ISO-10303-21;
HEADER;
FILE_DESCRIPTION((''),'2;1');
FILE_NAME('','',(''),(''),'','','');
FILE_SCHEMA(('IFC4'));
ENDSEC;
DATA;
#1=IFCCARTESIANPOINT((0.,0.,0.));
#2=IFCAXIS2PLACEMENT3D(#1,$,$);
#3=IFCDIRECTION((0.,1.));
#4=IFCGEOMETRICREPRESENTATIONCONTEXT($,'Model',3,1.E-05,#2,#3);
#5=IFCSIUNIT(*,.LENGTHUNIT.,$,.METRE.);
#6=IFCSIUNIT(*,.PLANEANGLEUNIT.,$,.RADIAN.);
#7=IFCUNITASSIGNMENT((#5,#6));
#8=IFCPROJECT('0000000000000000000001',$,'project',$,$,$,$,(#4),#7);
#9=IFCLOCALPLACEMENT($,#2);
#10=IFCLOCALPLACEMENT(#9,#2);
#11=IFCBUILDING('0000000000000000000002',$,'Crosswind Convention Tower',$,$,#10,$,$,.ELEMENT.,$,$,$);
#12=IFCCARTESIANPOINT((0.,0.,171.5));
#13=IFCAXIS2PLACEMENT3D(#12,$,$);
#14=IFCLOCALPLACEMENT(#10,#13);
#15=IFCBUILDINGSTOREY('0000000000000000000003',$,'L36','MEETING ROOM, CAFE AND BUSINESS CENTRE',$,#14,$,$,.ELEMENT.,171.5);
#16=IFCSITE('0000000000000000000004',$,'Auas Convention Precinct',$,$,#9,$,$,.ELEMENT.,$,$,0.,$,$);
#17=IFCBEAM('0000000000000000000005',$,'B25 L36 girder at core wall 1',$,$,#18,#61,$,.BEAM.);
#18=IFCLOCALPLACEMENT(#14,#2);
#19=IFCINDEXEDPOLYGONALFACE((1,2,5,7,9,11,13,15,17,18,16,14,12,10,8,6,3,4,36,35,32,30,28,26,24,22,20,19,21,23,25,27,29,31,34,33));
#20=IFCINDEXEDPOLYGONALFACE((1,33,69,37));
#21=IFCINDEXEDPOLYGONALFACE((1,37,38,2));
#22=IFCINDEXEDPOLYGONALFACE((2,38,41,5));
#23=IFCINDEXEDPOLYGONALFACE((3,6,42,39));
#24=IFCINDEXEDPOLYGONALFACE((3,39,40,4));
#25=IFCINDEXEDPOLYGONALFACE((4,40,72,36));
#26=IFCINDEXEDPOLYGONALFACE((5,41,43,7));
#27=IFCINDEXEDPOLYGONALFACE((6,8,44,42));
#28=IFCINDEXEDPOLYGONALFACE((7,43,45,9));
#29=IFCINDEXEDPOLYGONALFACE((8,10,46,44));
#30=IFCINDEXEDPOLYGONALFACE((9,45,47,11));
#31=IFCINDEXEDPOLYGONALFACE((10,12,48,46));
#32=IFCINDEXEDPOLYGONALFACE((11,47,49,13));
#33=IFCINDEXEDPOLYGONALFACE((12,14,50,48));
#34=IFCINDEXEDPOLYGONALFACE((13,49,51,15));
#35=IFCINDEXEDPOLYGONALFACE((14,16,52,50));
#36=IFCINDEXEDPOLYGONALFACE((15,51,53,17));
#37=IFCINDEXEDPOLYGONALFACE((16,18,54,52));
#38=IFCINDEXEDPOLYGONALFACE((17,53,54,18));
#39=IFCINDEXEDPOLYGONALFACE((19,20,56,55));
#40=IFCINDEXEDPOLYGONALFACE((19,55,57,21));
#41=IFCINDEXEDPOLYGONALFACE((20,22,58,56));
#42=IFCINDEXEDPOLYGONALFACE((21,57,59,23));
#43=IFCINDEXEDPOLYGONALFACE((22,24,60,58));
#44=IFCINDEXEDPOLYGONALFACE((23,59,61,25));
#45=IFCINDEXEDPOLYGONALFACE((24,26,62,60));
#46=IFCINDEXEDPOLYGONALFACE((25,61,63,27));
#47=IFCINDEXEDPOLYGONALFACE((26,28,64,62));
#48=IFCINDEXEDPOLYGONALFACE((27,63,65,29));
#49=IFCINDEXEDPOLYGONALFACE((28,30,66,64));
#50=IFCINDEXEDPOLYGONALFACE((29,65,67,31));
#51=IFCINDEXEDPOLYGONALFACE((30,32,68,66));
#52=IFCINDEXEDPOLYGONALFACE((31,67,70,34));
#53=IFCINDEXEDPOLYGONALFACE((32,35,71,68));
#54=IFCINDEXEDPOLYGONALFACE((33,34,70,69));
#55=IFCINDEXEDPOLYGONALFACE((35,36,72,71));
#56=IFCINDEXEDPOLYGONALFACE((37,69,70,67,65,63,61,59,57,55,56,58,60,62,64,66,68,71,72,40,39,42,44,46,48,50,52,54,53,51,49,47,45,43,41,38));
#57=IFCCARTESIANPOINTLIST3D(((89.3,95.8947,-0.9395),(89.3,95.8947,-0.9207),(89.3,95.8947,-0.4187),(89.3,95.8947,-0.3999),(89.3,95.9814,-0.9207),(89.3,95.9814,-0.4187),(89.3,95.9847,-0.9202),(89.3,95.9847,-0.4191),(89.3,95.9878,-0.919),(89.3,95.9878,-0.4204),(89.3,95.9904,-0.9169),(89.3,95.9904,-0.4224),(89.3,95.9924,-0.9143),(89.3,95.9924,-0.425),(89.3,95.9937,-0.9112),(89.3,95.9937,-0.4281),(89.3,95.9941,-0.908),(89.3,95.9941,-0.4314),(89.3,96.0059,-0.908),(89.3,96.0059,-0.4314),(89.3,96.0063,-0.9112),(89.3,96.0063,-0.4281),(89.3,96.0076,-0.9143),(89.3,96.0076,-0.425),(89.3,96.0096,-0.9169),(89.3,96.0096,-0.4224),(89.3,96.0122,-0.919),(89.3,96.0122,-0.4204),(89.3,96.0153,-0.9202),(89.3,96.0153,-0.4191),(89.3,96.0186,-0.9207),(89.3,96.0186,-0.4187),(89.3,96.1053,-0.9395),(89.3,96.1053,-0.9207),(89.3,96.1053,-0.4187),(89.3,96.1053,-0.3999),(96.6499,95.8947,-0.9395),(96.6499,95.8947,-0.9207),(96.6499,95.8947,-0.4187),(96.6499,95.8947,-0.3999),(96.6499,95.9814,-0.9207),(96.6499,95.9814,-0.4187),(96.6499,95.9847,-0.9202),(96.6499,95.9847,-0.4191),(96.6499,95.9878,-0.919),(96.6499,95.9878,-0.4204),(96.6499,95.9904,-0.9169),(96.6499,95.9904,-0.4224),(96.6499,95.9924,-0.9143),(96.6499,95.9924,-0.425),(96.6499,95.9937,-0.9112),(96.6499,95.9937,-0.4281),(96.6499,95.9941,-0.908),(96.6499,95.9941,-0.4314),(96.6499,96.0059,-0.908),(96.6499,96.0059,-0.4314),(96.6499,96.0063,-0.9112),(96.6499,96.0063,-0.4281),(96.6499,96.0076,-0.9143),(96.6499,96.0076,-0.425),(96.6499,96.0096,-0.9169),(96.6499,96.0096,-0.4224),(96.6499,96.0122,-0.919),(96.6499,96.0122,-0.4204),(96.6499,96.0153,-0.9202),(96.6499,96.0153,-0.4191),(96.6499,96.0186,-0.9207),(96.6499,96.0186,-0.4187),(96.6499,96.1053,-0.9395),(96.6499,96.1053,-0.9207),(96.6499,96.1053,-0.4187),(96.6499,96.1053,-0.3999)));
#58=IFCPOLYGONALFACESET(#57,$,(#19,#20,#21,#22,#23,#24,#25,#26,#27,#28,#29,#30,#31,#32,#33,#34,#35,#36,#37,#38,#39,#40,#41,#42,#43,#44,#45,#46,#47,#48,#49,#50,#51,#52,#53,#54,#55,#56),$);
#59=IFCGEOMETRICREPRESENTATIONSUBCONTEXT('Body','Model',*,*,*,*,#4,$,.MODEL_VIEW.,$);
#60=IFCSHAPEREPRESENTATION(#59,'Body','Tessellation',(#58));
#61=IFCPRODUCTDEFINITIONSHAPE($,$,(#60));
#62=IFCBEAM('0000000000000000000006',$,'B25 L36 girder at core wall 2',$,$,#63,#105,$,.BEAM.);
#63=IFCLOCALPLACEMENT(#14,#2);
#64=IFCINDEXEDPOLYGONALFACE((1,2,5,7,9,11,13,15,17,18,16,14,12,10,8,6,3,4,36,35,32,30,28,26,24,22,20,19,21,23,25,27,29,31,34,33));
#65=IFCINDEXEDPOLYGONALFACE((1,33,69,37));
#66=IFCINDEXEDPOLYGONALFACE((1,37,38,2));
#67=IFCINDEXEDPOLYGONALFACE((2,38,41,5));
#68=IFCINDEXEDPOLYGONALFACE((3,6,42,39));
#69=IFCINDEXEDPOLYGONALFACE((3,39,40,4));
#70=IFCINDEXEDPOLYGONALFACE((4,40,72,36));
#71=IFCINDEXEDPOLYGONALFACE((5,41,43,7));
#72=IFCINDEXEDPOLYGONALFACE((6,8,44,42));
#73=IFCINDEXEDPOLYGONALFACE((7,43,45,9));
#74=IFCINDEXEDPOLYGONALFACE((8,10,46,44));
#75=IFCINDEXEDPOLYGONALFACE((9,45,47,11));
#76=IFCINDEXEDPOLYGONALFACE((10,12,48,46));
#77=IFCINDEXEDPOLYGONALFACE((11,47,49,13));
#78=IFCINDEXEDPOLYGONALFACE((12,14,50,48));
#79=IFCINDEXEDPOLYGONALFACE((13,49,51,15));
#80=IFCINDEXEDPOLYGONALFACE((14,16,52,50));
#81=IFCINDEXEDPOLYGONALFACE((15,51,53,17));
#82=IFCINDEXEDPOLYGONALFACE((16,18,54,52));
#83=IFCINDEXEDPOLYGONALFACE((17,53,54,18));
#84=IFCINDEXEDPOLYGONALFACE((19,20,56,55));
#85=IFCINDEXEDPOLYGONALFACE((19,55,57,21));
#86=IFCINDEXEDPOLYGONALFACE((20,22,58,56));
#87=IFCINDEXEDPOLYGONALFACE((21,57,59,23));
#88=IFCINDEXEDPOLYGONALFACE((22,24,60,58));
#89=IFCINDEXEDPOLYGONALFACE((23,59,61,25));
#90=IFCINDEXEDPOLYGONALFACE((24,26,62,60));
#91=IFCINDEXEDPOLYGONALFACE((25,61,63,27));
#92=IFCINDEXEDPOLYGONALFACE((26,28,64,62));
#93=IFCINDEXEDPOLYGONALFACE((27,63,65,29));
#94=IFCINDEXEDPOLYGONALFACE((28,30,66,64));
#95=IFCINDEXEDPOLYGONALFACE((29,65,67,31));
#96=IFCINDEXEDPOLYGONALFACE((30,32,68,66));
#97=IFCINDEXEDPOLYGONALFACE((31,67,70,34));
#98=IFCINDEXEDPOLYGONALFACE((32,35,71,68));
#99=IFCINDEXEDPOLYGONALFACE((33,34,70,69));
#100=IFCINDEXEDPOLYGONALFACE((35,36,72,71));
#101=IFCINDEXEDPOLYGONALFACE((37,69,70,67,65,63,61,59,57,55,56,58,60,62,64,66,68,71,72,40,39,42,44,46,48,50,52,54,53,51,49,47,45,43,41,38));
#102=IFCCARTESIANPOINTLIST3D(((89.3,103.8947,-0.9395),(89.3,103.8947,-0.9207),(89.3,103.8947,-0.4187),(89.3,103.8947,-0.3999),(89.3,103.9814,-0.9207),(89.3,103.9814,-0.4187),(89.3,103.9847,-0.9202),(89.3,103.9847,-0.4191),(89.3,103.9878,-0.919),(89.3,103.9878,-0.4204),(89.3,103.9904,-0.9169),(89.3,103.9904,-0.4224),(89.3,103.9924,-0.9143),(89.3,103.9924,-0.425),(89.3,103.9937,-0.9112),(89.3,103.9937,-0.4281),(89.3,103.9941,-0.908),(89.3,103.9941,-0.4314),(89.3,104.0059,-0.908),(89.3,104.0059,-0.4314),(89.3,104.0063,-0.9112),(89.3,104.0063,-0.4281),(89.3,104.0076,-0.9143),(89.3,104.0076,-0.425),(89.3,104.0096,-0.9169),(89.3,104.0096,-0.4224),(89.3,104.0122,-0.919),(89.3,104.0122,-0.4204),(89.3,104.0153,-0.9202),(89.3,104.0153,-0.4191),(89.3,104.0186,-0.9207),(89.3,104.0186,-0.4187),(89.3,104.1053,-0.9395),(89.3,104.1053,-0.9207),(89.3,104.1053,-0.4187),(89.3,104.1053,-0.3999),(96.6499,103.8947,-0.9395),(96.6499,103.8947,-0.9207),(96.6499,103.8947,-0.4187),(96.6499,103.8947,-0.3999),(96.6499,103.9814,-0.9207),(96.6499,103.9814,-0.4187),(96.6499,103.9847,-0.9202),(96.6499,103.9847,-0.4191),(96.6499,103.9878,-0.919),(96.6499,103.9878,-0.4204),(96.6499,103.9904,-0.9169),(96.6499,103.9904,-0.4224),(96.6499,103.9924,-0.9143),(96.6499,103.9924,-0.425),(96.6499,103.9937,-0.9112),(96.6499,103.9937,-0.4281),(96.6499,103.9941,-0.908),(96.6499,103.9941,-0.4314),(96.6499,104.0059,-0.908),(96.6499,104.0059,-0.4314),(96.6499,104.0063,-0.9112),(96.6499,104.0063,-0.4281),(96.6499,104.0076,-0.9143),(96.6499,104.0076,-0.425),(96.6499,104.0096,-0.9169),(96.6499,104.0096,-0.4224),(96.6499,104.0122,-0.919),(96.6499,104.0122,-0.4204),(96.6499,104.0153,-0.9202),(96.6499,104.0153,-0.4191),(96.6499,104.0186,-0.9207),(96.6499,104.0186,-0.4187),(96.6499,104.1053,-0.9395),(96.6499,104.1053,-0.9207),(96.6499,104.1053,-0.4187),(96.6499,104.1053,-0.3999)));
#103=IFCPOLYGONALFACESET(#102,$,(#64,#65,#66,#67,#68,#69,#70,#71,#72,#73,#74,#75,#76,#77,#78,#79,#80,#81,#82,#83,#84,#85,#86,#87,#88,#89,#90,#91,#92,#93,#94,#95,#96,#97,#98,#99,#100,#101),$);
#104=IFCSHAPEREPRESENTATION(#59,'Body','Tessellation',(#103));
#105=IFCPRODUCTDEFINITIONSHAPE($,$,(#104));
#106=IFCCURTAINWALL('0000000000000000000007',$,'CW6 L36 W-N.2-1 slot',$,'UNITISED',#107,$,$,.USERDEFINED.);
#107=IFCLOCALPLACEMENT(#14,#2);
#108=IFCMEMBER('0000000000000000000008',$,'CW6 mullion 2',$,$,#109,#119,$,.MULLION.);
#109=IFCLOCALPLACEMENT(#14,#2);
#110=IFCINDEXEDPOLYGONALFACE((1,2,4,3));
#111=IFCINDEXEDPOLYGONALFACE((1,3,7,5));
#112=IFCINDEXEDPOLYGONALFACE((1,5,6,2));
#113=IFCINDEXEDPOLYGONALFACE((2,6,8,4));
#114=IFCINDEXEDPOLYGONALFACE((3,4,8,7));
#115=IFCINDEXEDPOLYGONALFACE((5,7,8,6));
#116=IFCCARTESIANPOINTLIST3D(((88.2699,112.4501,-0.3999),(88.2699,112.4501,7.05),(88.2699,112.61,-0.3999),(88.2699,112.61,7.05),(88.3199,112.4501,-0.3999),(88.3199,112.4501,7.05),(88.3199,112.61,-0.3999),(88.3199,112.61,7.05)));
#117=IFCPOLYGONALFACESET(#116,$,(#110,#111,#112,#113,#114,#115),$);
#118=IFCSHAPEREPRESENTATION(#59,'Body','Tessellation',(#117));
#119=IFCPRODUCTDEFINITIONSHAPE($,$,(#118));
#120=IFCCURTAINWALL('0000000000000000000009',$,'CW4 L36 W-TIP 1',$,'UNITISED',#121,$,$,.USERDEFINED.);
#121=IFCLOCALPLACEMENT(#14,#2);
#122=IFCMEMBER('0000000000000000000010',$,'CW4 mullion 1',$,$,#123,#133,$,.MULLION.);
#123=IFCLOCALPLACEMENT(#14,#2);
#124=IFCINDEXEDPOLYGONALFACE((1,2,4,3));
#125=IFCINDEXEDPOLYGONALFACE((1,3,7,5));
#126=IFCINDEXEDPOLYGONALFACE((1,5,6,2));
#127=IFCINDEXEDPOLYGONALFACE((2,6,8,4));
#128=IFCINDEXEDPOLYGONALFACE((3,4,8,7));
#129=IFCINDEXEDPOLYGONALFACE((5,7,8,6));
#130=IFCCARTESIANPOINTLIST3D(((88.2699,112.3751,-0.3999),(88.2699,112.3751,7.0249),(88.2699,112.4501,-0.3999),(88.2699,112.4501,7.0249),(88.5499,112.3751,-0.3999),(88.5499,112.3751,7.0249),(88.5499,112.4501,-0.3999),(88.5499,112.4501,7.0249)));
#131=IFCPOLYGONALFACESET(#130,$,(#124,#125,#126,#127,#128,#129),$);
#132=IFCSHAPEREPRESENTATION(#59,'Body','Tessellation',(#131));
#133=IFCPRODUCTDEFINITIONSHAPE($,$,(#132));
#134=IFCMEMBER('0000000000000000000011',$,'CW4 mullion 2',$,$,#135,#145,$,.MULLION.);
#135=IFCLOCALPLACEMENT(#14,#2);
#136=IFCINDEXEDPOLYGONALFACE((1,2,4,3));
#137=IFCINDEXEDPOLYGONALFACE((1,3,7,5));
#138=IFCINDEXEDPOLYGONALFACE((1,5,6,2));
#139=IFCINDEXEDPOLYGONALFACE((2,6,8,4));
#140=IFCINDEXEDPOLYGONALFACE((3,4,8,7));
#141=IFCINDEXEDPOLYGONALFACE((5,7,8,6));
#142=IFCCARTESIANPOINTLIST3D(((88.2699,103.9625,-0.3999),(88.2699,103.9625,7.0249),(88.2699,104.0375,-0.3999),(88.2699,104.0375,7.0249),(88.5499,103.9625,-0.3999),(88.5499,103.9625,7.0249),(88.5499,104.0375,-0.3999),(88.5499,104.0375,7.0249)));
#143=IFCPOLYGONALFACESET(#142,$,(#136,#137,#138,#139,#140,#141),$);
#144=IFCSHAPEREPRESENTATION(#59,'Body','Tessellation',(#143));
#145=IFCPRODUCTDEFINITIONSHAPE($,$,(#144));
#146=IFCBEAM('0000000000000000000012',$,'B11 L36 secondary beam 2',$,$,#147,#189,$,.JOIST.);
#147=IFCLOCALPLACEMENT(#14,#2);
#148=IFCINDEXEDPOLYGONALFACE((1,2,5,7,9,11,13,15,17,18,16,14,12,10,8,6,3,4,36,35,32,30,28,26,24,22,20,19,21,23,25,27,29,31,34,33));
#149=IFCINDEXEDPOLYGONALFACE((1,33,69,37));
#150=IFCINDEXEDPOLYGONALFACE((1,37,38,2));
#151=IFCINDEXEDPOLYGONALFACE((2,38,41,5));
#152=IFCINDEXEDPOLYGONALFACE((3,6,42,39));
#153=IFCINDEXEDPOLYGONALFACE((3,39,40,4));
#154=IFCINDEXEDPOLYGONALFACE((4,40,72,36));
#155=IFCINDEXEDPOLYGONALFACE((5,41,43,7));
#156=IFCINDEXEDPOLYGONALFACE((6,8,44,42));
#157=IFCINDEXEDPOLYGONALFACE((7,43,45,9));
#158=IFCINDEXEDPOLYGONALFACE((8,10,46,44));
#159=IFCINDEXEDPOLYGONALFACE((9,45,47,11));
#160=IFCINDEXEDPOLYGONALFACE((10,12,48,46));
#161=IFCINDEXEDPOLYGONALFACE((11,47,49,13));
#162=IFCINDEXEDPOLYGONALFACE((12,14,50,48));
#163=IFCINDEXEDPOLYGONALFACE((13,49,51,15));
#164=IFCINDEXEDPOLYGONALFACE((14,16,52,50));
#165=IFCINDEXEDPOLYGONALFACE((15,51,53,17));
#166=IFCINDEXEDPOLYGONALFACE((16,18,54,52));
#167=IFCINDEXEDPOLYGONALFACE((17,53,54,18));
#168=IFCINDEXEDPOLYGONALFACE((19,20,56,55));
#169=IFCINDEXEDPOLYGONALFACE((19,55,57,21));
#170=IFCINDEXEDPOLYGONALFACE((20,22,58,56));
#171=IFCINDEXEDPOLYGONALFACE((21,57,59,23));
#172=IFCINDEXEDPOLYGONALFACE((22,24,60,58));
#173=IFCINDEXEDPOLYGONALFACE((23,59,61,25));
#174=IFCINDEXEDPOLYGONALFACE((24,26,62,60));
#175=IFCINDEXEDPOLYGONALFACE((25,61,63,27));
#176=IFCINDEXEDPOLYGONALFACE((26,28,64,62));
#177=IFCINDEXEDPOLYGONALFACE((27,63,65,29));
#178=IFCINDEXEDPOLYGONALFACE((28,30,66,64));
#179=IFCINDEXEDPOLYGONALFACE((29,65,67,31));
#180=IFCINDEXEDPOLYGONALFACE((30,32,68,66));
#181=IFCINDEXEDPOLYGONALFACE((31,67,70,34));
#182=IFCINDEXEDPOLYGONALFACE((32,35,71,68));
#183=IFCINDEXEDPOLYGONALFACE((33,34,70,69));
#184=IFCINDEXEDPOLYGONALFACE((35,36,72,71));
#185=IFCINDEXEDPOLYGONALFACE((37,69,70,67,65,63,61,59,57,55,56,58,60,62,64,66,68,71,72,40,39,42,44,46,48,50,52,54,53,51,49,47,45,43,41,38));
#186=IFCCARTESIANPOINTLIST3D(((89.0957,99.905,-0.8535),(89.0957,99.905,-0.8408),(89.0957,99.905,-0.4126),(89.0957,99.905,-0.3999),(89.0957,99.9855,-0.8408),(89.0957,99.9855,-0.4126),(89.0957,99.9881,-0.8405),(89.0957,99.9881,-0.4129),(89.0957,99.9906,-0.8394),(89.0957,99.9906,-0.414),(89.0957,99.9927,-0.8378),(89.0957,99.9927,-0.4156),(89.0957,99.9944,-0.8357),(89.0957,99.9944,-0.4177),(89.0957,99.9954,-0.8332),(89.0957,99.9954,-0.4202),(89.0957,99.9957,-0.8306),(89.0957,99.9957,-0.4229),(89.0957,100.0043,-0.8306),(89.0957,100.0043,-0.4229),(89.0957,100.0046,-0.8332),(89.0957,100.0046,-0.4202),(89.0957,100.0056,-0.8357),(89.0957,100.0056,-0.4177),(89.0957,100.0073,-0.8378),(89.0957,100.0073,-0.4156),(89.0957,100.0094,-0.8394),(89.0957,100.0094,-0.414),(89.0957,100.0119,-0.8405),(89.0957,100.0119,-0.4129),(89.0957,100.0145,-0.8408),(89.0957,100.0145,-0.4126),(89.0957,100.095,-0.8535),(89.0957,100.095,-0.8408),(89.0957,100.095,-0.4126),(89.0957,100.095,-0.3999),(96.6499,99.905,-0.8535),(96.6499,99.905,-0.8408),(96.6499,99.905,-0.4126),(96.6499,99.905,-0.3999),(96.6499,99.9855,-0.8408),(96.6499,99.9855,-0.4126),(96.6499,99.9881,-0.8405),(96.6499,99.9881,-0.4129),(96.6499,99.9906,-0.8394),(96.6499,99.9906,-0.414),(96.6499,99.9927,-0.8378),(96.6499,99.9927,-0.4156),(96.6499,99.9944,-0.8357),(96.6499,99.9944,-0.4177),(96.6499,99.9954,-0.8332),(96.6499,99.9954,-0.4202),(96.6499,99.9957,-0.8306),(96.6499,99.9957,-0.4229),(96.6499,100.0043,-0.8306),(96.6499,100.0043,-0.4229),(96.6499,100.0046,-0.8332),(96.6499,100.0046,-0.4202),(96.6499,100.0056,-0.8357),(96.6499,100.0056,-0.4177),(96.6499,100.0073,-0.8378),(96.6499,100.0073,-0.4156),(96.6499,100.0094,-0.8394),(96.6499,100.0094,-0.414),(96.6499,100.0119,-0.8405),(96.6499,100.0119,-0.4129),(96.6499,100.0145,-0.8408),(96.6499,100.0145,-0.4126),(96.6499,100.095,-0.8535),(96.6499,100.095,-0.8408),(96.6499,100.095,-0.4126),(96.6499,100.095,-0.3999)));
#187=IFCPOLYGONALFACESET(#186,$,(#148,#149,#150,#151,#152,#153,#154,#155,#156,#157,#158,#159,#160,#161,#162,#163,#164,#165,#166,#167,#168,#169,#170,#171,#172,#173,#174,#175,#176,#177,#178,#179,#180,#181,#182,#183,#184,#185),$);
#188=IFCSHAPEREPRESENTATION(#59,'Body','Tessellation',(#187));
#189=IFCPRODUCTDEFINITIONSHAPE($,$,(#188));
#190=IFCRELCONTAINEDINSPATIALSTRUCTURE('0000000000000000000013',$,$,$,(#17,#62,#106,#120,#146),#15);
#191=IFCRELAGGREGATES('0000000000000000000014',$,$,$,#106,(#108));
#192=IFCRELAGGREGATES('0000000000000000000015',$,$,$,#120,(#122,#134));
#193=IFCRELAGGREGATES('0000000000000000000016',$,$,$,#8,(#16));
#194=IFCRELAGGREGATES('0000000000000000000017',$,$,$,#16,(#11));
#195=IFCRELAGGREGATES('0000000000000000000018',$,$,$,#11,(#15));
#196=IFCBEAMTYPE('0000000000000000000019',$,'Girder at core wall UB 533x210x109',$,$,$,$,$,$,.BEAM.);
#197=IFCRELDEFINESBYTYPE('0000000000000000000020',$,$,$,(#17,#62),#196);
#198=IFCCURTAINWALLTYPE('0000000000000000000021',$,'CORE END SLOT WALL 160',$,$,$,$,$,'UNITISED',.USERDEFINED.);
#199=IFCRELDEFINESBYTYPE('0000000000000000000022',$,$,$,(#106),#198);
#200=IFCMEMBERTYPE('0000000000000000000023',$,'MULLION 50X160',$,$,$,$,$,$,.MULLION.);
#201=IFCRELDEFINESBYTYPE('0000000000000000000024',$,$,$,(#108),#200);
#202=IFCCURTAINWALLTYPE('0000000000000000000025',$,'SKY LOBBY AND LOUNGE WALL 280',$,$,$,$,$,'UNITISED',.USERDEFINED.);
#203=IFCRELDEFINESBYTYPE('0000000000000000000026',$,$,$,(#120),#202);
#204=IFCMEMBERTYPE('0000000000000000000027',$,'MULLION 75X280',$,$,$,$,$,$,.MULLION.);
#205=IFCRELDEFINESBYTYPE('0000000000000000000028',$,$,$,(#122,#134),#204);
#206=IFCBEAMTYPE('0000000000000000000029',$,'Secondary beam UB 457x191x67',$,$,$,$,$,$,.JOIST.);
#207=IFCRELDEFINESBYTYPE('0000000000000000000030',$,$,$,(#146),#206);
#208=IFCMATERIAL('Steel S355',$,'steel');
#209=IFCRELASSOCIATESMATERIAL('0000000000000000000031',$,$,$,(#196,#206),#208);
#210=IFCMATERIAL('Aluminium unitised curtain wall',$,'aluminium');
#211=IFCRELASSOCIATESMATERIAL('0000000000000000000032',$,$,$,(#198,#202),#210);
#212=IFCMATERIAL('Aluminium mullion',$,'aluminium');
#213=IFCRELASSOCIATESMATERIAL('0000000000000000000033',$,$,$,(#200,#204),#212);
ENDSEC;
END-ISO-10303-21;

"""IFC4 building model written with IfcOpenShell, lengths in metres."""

from ifc_helpers import new_model, si_unit, direction, frame, origin, origin_2d, place, context, subcontext, project, spatial, rectangle, i_section, extrude, material, material_profile, profile_set, type_object, element, aggregate, save


model = new_model("IFC4")

# Units and contexts
model_context = context("Model", 3, precision=1e-05, world=origin(), true_north=direction((0.0, 1.0)))
body_context = subcontext(model_context, "Body", "Model", "MODEL_VIEW")
ifc_project = project(units=[si_unit("LENGTHUNIT", "METRE"), si_unit("PLANEANGLEUNIT", "RADIAN")], contexts=[model_context])

# Site, building, storey
site_placement = place(None, origin())
site = spatial("IfcSite", under=ifc_project, at=site_placement, Name="Auas Convention Precinct", CompositionType="ELEMENT", RefElevation=0.0)
building_placement = place(site_placement, origin())
building = spatial("IfcBuilding", under=site, at=building_placement, Name="Crosswind Convention Tower", CompositionType="ELEMENT")
storey_placement = place(building_placement, frame((0.0, 0.0, 171.5)))
storey = spatial("IfcBuildingStorey", under=building, at=storey_placement, Name="L36", Description="MEETING ROOM, CAFE AND BUSINESS CENTRE", CompositionType="ELEMENT", Elevation=171.5)

# Beams
ifc_material_1 = material(Name="Steel S355", Category="steel")
ifc_material_profile_1 = material_profile(ifc_material_1, i_section(OverallWidth=0.2107, OverallDepth=0.5396, WebThickness=0.0117, FlangeThickness=0.0188, FilletRadius=0.0127, at=origin_2d()), Name="UB 533x210x109")
ifc_profile_set_1 = profile_set([ifc_material_profile_1], Name="Steel S355")
beam_type_1 = type_object("IfcBeamType", Name="Girder at core wall UB 533x210x109", PredefinedType="BEAM", material=ifc_profile_set_1)
for number, where, z_axis, x_axis, name in (
    (1, (89.3, 96.0, -0.6697), (1.0, 0.0, 0.0), (0.0, 1.0, 0.0), "B25 L36 girder at core wall 1"),
    (2, (89.3, 104.0, -0.6697), (1.0, 0.0, 0.0), (0.0, 1.0, 0.0), "B25 L36 girder at core wall 2"),
):
    element("IfcBeam", number, at=place(storey_placement, frame(where, z_axis=z_axis, x_axis=x_axis)), inside=storey, type_object=beam_type_1, Name=name, PredefinedType="BEAM", context=body_context, shape_type="SweptSolid", body=[
        extrude(i_section(OverallWidth=0.2107, OverallDepth=0.5396, WebThickness=0.0117, FlangeThickness=0.0188, FilletRadius=0.0127, at=origin_2d()), origin(), (0.0, 0.0, 1.0), 7.3499),
    ])

# Curtain wall, member
ifc_material_2 = material(Name="Aluminium unitised curtain wall", Category="aluminium")
curtain_wall_type_1 = type_object("IfcCurtainWallType", Name="CORE END SLOT WALL 160", ElementType="UNITISED", PredefinedType="USERDEFINED", material=ifc_material_2)
curtain_wall_1_placement = place(storey_placement, origin())
curtain_wall_1 = element("IfcCurtainWall", 3, at=curtain_wall_1_placement, inside=storey, type_object=curtain_wall_type_1, Name="CW6 L36 W-N.2-1 slot", ObjectType="UNITISED", PredefinedType="USERDEFINED")
ifc_material_3 = material(Name="Aluminium mullion", Category="aluminium")
ifc_material_profile_2 = material_profile(ifc_material_3, rectangle(XDim=0.1599, YDim=0.05, at=origin_2d()), Name="AL 160X50")
ifc_profile_set_2 = profile_set([ifc_material_profile_2], Name="Aluminium mullion")
member_type_1 = type_object("IfcMemberType", Name="MULLION 50X160", PredefinedType="MULLION", material=ifc_profile_set_2)
member_1_placement = place(storey_placement, frame((88.2949, 112.53, -0.3999), z_axis=(0.0, 0.0, 1.0), x_axis=(0.0, 1.0, 0.0)))
member_1 = element("IfcMember", 4, at=member_1_placement, type_object=member_type_1, Name="CW6 mullion 2", PredefinedType="MULLION", context=body_context, shape_type="SweptSolid", body=[
    extrude(rectangle(XDim=0.1599, YDim=0.05, at=origin_2d()), origin(), (0.0, 0.0, 1.0), 7.45),
])

# Curtain wall, members
curtain_wall_type_2 = type_object("IfcCurtainWallType", Name="SKY LOBBY AND LOUNGE WALL 280", ElementType="UNITISED", PredefinedType="USERDEFINED", material=ifc_material_2)
curtain_wall_2_placement = place(storey_placement, origin())
curtain_wall_2 = element("IfcCurtainWall", 5, at=curtain_wall_2_placement, inside=storey, type_object=curtain_wall_type_2, Name="CW4 L36 W-TIP 1", ObjectType="UNITISED", PredefinedType="USERDEFINED")
ifc_material_profile_3 = material_profile(ifc_material_3, rectangle(XDim=0.28, YDim=0.075, at=origin_2d()), Name="AL 280X75")
ifc_profile_set_3 = profile_set([ifc_material_profile_3], Name="Aluminium mullion")
member_type_2 = type_object("IfcMemberType", Name="MULLION 75X280", PredefinedType="MULLION", material=ifc_profile_set_3)
member_2_placement = place(storey_placement, frame((88.4099, 112.4126, -0.3999), z_axis=(0.0, 0.0, 1.0), x_axis=(-1.0, 0.0, 0.0)))
member_2 = element("IfcMember", 6, at=member_2_placement, type_object=member_type_2, Name="CW4 mullion 1", PredefinedType="MULLION", context=body_context, shape_type="SweptSolid", body=[
    extrude(rectangle(XDim=0.28, YDim=0.075, at=origin_2d()), origin(), (0.0, 0.0, 1.0), 7.4248),
])
member_3_placement = place(storey_placement, frame((88.4099, 104.0, -0.3999), z_axis=(0.0, 0.0, 1.0), x_axis=(-1.0, 0.0, 0.0)))
member_3 = element("IfcMember", 7, at=member_3_placement, type_object=member_type_2, Name="CW4 mullion 2", PredefinedType="MULLION", context=body_context, shape_type="SweptSolid", body=[
    extrude(rectangle(XDim=0.28, YDim=0.075, at=origin_2d()), origin(), (0.0, 0.0, 1.0), 7.4248),
])

# Beam
ifc_material_profile_4 = material_profile(ifc_material_1, i_section(OverallWidth=0.1899, OverallDepth=0.4536, WebThickness=0.0085, FlangeThickness=0.0127, FilletRadius=0.0103, at=origin_2d()), Name="UB 457x191x67")
ifc_profile_set_4 = profile_set([ifc_material_profile_4], Name="Steel S355")
beam_type_2 = type_object("IfcBeamType", Name="Secondary beam UB 457x191x67", PredefinedType="JOIST", material=ifc_profile_set_4)
for number, where, z_axis, x_axis, name in (
    (8, (89.0957, 100.0, -0.6267), (1.0, 0.0, 0.0), (0.0, 1.0, 0.0), "B11 L36 secondary beam 2"),
):
    element("IfcBeam", number, at=place(storey_placement, frame(where, z_axis=z_axis, x_axis=x_axis)), inside=storey, type_object=beam_type_2, Name=name, PredefinedType="JOIST", context=body_context, shape_type="SweptSolid", body=[
        extrude(i_section(OverallWidth=0.1899, OverallDepth=0.4536, WebThickness=0.0085, FlangeThickness=0.0127, FilletRadius=0.0103, at=origin_2d()), origin(), (0.0, 0.0, 1.0), 7.5542),
    ])

aggregate(curtain_wall_1, [member_1])

aggregate(curtain_wall_2, [member_2, member_3])

save(model, "model.ifc")
